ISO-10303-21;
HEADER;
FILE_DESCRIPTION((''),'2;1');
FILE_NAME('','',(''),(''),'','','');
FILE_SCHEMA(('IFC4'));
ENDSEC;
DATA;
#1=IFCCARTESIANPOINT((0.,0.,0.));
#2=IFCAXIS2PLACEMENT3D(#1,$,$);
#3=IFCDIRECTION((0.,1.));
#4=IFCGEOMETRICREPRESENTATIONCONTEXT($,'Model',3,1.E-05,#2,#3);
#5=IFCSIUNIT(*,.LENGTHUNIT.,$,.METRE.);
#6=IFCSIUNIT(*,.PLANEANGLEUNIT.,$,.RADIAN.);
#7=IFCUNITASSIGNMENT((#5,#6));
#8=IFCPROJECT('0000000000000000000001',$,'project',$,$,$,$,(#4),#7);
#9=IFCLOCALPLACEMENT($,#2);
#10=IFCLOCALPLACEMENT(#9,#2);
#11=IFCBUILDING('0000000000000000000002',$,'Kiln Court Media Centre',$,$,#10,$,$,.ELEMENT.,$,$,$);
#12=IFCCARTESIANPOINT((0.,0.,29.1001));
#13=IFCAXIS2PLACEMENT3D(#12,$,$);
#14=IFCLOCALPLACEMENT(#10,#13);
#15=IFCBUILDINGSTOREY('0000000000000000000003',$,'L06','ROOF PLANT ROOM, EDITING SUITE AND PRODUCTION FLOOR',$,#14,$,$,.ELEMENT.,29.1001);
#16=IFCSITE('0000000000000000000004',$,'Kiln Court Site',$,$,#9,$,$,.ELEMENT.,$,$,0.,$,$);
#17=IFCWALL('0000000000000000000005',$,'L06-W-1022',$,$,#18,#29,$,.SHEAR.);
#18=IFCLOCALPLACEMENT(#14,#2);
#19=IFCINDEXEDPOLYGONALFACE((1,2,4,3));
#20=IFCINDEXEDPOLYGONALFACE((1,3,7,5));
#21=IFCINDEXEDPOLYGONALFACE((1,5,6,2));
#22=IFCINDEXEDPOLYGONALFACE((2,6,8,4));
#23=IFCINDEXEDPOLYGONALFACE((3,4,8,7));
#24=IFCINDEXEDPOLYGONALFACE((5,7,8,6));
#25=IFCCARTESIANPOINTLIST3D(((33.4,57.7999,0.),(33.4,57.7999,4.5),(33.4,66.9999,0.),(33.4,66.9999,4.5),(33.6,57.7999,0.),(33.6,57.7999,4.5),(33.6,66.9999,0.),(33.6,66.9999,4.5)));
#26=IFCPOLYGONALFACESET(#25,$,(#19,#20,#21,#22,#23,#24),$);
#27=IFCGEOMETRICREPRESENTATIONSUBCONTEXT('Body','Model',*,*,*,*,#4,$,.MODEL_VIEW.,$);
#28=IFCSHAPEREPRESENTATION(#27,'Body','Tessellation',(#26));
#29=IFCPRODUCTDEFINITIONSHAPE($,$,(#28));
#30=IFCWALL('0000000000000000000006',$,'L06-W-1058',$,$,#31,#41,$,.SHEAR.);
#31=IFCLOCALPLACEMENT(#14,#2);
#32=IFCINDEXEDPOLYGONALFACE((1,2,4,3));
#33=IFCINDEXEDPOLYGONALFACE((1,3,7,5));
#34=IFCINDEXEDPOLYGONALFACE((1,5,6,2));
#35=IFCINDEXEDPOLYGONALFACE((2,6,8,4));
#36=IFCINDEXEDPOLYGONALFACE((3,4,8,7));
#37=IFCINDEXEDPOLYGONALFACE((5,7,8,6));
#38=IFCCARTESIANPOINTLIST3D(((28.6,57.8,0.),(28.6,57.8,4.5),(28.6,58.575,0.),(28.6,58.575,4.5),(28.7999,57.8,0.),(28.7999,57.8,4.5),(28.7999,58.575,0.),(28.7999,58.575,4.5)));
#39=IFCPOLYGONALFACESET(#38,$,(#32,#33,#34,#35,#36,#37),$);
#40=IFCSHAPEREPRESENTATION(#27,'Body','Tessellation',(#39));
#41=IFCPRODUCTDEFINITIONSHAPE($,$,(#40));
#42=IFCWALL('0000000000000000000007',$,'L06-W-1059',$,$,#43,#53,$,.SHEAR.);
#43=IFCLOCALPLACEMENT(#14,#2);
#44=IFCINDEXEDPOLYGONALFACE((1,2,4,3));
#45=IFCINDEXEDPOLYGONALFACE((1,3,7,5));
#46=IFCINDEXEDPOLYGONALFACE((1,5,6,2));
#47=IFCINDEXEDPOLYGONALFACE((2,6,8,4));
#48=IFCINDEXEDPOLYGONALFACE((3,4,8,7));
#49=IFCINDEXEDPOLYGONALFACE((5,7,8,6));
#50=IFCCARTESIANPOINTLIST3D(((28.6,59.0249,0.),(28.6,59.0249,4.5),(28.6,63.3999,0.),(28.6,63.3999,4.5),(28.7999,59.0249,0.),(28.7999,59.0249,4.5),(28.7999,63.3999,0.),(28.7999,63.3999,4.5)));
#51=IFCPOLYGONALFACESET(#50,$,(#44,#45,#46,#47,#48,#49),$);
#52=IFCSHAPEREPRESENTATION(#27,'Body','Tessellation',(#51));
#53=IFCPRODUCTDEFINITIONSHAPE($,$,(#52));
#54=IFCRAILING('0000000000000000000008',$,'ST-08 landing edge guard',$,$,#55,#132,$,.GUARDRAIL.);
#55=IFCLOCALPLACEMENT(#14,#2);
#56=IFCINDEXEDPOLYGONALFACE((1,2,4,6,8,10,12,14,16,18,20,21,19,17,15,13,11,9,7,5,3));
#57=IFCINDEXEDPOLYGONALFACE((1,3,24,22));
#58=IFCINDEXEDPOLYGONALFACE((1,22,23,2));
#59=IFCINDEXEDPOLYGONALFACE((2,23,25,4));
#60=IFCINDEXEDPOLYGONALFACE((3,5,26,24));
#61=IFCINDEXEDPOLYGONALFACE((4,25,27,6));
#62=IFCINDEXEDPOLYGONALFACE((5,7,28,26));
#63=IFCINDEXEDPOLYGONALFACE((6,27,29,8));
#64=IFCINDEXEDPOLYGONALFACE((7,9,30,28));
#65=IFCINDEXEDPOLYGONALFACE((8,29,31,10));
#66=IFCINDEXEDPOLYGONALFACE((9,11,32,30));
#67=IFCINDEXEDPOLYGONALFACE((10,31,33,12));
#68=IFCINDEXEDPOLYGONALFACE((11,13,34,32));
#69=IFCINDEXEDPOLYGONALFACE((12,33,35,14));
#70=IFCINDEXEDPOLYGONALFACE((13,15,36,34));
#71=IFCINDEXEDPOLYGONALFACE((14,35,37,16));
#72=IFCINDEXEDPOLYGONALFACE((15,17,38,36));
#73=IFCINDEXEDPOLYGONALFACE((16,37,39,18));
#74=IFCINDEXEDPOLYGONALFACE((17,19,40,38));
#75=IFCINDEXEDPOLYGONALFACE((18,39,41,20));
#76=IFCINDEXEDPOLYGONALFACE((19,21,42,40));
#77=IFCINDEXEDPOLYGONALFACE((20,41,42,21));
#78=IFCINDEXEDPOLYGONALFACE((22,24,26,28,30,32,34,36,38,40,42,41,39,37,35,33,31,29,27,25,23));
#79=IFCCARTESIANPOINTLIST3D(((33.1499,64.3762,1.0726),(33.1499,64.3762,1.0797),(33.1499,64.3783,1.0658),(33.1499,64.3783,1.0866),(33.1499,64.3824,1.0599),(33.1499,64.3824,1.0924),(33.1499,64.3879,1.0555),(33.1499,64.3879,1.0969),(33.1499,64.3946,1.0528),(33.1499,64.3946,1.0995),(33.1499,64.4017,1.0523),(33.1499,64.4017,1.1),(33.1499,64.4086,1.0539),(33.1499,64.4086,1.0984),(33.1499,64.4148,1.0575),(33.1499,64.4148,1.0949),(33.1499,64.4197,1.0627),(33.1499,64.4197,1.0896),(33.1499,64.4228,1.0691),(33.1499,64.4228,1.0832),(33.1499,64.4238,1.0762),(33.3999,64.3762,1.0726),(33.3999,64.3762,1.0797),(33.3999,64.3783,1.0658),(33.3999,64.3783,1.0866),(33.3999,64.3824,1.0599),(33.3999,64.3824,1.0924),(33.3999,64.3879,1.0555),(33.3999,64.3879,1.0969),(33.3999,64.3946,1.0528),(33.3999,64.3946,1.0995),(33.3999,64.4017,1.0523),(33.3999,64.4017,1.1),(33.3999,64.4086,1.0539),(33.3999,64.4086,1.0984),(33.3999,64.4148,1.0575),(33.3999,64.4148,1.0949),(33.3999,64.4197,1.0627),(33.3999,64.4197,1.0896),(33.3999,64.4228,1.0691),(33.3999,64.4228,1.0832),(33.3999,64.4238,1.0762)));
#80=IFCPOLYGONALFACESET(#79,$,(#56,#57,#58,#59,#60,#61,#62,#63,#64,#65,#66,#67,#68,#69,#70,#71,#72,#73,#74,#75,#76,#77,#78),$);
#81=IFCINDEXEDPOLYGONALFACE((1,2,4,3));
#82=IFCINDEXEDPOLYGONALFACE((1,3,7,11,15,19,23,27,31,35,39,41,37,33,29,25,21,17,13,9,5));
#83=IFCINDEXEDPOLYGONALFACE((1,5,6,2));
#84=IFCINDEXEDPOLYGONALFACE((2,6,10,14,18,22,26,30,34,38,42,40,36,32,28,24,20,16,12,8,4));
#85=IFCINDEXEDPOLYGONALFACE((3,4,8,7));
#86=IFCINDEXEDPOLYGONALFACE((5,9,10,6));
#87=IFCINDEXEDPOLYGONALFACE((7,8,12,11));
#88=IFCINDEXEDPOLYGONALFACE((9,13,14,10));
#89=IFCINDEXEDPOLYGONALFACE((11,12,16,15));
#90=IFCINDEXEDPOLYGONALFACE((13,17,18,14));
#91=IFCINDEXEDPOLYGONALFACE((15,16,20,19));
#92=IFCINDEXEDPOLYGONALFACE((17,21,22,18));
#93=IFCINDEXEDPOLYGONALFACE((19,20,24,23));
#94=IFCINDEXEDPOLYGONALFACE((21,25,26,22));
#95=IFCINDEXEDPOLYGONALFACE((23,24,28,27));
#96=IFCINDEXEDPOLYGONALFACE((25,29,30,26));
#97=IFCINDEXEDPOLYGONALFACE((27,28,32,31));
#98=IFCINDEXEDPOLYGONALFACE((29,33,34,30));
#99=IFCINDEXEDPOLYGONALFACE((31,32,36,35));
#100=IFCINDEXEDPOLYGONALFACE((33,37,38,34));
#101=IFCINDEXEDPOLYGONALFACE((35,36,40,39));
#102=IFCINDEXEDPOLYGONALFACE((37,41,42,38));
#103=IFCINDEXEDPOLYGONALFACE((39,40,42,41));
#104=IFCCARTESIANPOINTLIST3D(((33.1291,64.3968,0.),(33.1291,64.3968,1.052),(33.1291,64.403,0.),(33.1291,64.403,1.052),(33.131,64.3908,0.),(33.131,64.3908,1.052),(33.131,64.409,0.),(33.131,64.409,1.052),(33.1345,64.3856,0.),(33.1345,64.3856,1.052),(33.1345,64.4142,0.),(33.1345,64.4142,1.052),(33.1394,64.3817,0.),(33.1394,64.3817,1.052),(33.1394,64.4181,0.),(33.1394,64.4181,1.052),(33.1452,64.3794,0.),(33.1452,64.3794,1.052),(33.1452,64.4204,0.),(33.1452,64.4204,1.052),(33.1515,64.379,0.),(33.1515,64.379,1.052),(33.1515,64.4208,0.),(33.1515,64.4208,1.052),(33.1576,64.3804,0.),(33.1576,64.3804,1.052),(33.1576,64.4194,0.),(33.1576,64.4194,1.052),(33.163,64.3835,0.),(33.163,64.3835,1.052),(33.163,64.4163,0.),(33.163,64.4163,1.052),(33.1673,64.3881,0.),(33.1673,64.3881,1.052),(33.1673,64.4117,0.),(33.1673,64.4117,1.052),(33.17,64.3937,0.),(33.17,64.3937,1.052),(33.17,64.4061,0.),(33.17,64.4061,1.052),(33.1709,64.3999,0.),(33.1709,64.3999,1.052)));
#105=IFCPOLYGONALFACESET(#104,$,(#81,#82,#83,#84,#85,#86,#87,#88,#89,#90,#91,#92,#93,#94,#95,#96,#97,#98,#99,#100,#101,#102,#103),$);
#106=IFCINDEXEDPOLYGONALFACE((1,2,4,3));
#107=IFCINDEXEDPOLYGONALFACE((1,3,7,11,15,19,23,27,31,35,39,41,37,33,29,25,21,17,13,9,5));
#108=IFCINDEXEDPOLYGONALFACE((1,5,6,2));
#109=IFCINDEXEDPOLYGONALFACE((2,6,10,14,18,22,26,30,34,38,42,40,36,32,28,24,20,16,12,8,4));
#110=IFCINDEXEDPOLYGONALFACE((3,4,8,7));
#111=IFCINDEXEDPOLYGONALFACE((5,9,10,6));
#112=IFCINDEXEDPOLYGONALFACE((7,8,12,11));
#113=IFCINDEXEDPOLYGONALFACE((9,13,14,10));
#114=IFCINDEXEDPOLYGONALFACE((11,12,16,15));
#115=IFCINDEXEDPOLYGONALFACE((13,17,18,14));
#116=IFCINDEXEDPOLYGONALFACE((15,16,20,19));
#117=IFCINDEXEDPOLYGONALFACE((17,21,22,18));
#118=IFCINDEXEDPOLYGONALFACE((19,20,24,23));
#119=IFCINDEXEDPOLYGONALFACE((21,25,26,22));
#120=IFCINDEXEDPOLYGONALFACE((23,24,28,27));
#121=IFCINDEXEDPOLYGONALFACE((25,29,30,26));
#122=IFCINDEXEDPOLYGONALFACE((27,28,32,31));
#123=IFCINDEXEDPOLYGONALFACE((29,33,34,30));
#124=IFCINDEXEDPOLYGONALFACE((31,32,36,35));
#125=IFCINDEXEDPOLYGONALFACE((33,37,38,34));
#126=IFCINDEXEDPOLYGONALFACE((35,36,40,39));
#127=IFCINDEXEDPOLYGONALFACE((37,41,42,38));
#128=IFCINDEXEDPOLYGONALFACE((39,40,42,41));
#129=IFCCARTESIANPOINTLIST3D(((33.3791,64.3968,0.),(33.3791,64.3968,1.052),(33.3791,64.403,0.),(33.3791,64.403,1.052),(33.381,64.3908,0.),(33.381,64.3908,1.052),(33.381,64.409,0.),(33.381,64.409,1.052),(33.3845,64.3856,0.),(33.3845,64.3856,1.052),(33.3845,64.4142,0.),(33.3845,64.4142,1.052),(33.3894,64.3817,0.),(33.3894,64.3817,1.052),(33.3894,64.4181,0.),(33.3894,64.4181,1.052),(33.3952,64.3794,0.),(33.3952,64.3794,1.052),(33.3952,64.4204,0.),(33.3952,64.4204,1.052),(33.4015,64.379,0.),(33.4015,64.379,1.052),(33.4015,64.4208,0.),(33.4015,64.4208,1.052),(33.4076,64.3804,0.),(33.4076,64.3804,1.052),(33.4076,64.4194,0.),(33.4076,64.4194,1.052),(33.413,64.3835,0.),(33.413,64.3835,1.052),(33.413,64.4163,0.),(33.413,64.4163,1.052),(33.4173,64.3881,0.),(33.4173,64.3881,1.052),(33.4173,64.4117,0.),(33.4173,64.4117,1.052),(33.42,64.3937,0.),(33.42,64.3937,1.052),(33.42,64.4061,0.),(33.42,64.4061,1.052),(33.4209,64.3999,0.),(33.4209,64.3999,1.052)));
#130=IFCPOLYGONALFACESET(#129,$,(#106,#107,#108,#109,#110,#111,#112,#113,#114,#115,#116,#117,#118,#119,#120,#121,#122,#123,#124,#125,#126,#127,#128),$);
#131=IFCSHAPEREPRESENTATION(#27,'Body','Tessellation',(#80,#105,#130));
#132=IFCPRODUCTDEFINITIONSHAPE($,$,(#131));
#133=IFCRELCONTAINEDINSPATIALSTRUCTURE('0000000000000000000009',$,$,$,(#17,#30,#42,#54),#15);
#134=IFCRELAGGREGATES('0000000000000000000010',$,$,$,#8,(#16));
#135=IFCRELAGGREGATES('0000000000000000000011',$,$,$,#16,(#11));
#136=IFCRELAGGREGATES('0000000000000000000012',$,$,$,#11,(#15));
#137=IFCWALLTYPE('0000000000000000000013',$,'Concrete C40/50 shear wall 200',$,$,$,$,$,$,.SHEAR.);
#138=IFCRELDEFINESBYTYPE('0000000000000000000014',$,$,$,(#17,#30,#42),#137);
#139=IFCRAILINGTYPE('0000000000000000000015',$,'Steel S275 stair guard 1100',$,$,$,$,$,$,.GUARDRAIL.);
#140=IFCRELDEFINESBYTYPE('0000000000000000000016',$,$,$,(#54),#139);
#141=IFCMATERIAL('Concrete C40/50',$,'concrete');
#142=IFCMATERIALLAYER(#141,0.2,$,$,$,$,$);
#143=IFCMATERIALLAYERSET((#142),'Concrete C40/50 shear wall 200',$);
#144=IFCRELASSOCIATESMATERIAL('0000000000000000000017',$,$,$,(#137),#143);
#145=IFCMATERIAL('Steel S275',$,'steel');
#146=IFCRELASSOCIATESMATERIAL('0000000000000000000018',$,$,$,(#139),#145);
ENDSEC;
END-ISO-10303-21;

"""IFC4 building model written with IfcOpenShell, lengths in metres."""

from ifc_helpers import new_model, si_unit, direction, frame, frame_2d, origin, origin_2d, place, context, subcontext, project, spatial, rectangle, circle, extrude, material, layer, layer_set, type_object, element, save


model = new_model("IFC4")

# Units and contexts
model_context = context("Model", 3, precision=1e-05, world=origin(), true_north=direction((0.0, 1.0)))
body_context = subcontext(model_context, "Body", "Model", "MODEL_VIEW")
ifc_project = project(units=[si_unit("LENGTHUNIT", "METRE"), si_unit("PLANEANGLEUNIT", "RADIAN")], contexts=[model_context])

# Site, building, storey
site_placement = place(None, origin())
site = spatial("IfcSite", under=ifc_project, at=site_placement, Name="Kiln Court Site", CompositionType="ELEMENT", RefElevation=0.0)
building_placement = place(site_placement, origin())
building = spatial("IfcBuilding", under=site, at=building_placement, Name="Kiln Court Media Centre", CompositionType="ELEMENT")
storey_placement = place(building_placement, frame((0.0, 0.0, 29.1001)))
storey = spatial("IfcBuildingStorey", under=building, at=storey_placement, Name="L06", Description="ROOF PLANT ROOM, EDITING SUITE AND PRODUCTION FLOOR", CompositionType="ELEMENT", Elevation=29.1001)

# Walls
ifc_material_1 = material(Name="Concrete C40/50", Category="concrete")
ifc_layer_1 = layer(ifc_material_1, 0.2)
ifc_layer_set_1 = layer_set([ifc_layer_1], Name="Concrete C40/50 shear wall 200")
wall_type_1 = type_object("IfcWallType", Name="Concrete C40/50 shear wall 200", PredefinedType="SHEAR", material=ifc_layer_set_1)
wall_1_placement = place(storey_placement, frame((33.5, 67.0, 0.0), z_axis=(0.0, 0.0, 1.0), x_axis=(0.0, -1.0, 0.0)))
element("IfcWall", 1, at=wall_1_placement, inside=storey, type_object=wall_type_1, Name="L06-W-1022", PredefinedType="SHEAR", context=body_context, shape_type="SweptSolid", body=[
    extrude(rectangle(XDim=9.2, YDim=0.2, at=frame_2d((4.6001, 0.0))), origin(), (0.0, 0.0, 1.0), 4.5),
])
wall_2_placement = place(storey_placement, frame((28.7, 58.575, 0.0), z_axis=(0.0, 0.0, 1.0), x_axis=(0.0, -1.0, 0.0)))
element("IfcWall", 2, at=wall_2_placement, inside=storey, type_object=wall_type_1, Name="L06-W-1058", PredefinedType="SHEAR", context=body_context, shape_type="SweptSolid", body=[
    extrude(rectangle(XDim=0.7749, YDim=0.2, at=frame_2d((0.3875, 0.0))), origin(), (0.0, 0.0, 1.0), 4.5),
])
wall_3_placement = place(storey_placement, frame((28.7, 63.3999, 0.0), z_axis=(0.0, 0.0, 1.0), x_axis=(0.0, -1.0, 0.0)))
element("IfcWall", 3, at=wall_3_placement, inside=storey, type_object=wall_type_1, Name="L06-W-1059", PredefinedType="SHEAR", context=body_context, shape_type="SweptSolid", body=[
    extrude(rectangle(XDim=4.375, YDim=0.2, at=frame_2d((2.1875, 0.0))), origin(), (0.0, 0.0, 1.0), 4.5),
])

# Railing
ifc_material_2 = material(Name="Steel S275", Category="steel")
railing_type = type_object("IfcRailingType", Name="Steel S275 stair guard 1100", PredefinedType="GUARDRAIL", material=ifc_material_2)
railing_1_placement = place(storey_placement, frame((33.1499, 64.3999, 0.0)))
element("IfcRailing", 4, at=railing_1_placement, inside=storey, type_object=railing_type, Name="ST-08 landing edge guard", PredefinedType="GUARDRAIL", context=body_context, shape_type="SweptSolid", body=[
    extrude(circle(Radius=0.0239, at=origin_2d()), frame((0.0, 0.0, 1.0762), z_axis=(1.0, 0.0, 0.0), x_axis=(0.0, 1.0, 0.0)), (0.0, 0.0, 1.0), 0.25),
    extrude(circle(Radius=0.021, at=origin_2d()), origin(), (0.0, 0.0, 1.0), 1.052),
    extrude(circle(Radius=0.021, at=origin_2d()), frame((0.25, 0.0, 0.0)), (0.0, 0.0, 1.0), 1.052),
])

save(model, "model.ifc")
